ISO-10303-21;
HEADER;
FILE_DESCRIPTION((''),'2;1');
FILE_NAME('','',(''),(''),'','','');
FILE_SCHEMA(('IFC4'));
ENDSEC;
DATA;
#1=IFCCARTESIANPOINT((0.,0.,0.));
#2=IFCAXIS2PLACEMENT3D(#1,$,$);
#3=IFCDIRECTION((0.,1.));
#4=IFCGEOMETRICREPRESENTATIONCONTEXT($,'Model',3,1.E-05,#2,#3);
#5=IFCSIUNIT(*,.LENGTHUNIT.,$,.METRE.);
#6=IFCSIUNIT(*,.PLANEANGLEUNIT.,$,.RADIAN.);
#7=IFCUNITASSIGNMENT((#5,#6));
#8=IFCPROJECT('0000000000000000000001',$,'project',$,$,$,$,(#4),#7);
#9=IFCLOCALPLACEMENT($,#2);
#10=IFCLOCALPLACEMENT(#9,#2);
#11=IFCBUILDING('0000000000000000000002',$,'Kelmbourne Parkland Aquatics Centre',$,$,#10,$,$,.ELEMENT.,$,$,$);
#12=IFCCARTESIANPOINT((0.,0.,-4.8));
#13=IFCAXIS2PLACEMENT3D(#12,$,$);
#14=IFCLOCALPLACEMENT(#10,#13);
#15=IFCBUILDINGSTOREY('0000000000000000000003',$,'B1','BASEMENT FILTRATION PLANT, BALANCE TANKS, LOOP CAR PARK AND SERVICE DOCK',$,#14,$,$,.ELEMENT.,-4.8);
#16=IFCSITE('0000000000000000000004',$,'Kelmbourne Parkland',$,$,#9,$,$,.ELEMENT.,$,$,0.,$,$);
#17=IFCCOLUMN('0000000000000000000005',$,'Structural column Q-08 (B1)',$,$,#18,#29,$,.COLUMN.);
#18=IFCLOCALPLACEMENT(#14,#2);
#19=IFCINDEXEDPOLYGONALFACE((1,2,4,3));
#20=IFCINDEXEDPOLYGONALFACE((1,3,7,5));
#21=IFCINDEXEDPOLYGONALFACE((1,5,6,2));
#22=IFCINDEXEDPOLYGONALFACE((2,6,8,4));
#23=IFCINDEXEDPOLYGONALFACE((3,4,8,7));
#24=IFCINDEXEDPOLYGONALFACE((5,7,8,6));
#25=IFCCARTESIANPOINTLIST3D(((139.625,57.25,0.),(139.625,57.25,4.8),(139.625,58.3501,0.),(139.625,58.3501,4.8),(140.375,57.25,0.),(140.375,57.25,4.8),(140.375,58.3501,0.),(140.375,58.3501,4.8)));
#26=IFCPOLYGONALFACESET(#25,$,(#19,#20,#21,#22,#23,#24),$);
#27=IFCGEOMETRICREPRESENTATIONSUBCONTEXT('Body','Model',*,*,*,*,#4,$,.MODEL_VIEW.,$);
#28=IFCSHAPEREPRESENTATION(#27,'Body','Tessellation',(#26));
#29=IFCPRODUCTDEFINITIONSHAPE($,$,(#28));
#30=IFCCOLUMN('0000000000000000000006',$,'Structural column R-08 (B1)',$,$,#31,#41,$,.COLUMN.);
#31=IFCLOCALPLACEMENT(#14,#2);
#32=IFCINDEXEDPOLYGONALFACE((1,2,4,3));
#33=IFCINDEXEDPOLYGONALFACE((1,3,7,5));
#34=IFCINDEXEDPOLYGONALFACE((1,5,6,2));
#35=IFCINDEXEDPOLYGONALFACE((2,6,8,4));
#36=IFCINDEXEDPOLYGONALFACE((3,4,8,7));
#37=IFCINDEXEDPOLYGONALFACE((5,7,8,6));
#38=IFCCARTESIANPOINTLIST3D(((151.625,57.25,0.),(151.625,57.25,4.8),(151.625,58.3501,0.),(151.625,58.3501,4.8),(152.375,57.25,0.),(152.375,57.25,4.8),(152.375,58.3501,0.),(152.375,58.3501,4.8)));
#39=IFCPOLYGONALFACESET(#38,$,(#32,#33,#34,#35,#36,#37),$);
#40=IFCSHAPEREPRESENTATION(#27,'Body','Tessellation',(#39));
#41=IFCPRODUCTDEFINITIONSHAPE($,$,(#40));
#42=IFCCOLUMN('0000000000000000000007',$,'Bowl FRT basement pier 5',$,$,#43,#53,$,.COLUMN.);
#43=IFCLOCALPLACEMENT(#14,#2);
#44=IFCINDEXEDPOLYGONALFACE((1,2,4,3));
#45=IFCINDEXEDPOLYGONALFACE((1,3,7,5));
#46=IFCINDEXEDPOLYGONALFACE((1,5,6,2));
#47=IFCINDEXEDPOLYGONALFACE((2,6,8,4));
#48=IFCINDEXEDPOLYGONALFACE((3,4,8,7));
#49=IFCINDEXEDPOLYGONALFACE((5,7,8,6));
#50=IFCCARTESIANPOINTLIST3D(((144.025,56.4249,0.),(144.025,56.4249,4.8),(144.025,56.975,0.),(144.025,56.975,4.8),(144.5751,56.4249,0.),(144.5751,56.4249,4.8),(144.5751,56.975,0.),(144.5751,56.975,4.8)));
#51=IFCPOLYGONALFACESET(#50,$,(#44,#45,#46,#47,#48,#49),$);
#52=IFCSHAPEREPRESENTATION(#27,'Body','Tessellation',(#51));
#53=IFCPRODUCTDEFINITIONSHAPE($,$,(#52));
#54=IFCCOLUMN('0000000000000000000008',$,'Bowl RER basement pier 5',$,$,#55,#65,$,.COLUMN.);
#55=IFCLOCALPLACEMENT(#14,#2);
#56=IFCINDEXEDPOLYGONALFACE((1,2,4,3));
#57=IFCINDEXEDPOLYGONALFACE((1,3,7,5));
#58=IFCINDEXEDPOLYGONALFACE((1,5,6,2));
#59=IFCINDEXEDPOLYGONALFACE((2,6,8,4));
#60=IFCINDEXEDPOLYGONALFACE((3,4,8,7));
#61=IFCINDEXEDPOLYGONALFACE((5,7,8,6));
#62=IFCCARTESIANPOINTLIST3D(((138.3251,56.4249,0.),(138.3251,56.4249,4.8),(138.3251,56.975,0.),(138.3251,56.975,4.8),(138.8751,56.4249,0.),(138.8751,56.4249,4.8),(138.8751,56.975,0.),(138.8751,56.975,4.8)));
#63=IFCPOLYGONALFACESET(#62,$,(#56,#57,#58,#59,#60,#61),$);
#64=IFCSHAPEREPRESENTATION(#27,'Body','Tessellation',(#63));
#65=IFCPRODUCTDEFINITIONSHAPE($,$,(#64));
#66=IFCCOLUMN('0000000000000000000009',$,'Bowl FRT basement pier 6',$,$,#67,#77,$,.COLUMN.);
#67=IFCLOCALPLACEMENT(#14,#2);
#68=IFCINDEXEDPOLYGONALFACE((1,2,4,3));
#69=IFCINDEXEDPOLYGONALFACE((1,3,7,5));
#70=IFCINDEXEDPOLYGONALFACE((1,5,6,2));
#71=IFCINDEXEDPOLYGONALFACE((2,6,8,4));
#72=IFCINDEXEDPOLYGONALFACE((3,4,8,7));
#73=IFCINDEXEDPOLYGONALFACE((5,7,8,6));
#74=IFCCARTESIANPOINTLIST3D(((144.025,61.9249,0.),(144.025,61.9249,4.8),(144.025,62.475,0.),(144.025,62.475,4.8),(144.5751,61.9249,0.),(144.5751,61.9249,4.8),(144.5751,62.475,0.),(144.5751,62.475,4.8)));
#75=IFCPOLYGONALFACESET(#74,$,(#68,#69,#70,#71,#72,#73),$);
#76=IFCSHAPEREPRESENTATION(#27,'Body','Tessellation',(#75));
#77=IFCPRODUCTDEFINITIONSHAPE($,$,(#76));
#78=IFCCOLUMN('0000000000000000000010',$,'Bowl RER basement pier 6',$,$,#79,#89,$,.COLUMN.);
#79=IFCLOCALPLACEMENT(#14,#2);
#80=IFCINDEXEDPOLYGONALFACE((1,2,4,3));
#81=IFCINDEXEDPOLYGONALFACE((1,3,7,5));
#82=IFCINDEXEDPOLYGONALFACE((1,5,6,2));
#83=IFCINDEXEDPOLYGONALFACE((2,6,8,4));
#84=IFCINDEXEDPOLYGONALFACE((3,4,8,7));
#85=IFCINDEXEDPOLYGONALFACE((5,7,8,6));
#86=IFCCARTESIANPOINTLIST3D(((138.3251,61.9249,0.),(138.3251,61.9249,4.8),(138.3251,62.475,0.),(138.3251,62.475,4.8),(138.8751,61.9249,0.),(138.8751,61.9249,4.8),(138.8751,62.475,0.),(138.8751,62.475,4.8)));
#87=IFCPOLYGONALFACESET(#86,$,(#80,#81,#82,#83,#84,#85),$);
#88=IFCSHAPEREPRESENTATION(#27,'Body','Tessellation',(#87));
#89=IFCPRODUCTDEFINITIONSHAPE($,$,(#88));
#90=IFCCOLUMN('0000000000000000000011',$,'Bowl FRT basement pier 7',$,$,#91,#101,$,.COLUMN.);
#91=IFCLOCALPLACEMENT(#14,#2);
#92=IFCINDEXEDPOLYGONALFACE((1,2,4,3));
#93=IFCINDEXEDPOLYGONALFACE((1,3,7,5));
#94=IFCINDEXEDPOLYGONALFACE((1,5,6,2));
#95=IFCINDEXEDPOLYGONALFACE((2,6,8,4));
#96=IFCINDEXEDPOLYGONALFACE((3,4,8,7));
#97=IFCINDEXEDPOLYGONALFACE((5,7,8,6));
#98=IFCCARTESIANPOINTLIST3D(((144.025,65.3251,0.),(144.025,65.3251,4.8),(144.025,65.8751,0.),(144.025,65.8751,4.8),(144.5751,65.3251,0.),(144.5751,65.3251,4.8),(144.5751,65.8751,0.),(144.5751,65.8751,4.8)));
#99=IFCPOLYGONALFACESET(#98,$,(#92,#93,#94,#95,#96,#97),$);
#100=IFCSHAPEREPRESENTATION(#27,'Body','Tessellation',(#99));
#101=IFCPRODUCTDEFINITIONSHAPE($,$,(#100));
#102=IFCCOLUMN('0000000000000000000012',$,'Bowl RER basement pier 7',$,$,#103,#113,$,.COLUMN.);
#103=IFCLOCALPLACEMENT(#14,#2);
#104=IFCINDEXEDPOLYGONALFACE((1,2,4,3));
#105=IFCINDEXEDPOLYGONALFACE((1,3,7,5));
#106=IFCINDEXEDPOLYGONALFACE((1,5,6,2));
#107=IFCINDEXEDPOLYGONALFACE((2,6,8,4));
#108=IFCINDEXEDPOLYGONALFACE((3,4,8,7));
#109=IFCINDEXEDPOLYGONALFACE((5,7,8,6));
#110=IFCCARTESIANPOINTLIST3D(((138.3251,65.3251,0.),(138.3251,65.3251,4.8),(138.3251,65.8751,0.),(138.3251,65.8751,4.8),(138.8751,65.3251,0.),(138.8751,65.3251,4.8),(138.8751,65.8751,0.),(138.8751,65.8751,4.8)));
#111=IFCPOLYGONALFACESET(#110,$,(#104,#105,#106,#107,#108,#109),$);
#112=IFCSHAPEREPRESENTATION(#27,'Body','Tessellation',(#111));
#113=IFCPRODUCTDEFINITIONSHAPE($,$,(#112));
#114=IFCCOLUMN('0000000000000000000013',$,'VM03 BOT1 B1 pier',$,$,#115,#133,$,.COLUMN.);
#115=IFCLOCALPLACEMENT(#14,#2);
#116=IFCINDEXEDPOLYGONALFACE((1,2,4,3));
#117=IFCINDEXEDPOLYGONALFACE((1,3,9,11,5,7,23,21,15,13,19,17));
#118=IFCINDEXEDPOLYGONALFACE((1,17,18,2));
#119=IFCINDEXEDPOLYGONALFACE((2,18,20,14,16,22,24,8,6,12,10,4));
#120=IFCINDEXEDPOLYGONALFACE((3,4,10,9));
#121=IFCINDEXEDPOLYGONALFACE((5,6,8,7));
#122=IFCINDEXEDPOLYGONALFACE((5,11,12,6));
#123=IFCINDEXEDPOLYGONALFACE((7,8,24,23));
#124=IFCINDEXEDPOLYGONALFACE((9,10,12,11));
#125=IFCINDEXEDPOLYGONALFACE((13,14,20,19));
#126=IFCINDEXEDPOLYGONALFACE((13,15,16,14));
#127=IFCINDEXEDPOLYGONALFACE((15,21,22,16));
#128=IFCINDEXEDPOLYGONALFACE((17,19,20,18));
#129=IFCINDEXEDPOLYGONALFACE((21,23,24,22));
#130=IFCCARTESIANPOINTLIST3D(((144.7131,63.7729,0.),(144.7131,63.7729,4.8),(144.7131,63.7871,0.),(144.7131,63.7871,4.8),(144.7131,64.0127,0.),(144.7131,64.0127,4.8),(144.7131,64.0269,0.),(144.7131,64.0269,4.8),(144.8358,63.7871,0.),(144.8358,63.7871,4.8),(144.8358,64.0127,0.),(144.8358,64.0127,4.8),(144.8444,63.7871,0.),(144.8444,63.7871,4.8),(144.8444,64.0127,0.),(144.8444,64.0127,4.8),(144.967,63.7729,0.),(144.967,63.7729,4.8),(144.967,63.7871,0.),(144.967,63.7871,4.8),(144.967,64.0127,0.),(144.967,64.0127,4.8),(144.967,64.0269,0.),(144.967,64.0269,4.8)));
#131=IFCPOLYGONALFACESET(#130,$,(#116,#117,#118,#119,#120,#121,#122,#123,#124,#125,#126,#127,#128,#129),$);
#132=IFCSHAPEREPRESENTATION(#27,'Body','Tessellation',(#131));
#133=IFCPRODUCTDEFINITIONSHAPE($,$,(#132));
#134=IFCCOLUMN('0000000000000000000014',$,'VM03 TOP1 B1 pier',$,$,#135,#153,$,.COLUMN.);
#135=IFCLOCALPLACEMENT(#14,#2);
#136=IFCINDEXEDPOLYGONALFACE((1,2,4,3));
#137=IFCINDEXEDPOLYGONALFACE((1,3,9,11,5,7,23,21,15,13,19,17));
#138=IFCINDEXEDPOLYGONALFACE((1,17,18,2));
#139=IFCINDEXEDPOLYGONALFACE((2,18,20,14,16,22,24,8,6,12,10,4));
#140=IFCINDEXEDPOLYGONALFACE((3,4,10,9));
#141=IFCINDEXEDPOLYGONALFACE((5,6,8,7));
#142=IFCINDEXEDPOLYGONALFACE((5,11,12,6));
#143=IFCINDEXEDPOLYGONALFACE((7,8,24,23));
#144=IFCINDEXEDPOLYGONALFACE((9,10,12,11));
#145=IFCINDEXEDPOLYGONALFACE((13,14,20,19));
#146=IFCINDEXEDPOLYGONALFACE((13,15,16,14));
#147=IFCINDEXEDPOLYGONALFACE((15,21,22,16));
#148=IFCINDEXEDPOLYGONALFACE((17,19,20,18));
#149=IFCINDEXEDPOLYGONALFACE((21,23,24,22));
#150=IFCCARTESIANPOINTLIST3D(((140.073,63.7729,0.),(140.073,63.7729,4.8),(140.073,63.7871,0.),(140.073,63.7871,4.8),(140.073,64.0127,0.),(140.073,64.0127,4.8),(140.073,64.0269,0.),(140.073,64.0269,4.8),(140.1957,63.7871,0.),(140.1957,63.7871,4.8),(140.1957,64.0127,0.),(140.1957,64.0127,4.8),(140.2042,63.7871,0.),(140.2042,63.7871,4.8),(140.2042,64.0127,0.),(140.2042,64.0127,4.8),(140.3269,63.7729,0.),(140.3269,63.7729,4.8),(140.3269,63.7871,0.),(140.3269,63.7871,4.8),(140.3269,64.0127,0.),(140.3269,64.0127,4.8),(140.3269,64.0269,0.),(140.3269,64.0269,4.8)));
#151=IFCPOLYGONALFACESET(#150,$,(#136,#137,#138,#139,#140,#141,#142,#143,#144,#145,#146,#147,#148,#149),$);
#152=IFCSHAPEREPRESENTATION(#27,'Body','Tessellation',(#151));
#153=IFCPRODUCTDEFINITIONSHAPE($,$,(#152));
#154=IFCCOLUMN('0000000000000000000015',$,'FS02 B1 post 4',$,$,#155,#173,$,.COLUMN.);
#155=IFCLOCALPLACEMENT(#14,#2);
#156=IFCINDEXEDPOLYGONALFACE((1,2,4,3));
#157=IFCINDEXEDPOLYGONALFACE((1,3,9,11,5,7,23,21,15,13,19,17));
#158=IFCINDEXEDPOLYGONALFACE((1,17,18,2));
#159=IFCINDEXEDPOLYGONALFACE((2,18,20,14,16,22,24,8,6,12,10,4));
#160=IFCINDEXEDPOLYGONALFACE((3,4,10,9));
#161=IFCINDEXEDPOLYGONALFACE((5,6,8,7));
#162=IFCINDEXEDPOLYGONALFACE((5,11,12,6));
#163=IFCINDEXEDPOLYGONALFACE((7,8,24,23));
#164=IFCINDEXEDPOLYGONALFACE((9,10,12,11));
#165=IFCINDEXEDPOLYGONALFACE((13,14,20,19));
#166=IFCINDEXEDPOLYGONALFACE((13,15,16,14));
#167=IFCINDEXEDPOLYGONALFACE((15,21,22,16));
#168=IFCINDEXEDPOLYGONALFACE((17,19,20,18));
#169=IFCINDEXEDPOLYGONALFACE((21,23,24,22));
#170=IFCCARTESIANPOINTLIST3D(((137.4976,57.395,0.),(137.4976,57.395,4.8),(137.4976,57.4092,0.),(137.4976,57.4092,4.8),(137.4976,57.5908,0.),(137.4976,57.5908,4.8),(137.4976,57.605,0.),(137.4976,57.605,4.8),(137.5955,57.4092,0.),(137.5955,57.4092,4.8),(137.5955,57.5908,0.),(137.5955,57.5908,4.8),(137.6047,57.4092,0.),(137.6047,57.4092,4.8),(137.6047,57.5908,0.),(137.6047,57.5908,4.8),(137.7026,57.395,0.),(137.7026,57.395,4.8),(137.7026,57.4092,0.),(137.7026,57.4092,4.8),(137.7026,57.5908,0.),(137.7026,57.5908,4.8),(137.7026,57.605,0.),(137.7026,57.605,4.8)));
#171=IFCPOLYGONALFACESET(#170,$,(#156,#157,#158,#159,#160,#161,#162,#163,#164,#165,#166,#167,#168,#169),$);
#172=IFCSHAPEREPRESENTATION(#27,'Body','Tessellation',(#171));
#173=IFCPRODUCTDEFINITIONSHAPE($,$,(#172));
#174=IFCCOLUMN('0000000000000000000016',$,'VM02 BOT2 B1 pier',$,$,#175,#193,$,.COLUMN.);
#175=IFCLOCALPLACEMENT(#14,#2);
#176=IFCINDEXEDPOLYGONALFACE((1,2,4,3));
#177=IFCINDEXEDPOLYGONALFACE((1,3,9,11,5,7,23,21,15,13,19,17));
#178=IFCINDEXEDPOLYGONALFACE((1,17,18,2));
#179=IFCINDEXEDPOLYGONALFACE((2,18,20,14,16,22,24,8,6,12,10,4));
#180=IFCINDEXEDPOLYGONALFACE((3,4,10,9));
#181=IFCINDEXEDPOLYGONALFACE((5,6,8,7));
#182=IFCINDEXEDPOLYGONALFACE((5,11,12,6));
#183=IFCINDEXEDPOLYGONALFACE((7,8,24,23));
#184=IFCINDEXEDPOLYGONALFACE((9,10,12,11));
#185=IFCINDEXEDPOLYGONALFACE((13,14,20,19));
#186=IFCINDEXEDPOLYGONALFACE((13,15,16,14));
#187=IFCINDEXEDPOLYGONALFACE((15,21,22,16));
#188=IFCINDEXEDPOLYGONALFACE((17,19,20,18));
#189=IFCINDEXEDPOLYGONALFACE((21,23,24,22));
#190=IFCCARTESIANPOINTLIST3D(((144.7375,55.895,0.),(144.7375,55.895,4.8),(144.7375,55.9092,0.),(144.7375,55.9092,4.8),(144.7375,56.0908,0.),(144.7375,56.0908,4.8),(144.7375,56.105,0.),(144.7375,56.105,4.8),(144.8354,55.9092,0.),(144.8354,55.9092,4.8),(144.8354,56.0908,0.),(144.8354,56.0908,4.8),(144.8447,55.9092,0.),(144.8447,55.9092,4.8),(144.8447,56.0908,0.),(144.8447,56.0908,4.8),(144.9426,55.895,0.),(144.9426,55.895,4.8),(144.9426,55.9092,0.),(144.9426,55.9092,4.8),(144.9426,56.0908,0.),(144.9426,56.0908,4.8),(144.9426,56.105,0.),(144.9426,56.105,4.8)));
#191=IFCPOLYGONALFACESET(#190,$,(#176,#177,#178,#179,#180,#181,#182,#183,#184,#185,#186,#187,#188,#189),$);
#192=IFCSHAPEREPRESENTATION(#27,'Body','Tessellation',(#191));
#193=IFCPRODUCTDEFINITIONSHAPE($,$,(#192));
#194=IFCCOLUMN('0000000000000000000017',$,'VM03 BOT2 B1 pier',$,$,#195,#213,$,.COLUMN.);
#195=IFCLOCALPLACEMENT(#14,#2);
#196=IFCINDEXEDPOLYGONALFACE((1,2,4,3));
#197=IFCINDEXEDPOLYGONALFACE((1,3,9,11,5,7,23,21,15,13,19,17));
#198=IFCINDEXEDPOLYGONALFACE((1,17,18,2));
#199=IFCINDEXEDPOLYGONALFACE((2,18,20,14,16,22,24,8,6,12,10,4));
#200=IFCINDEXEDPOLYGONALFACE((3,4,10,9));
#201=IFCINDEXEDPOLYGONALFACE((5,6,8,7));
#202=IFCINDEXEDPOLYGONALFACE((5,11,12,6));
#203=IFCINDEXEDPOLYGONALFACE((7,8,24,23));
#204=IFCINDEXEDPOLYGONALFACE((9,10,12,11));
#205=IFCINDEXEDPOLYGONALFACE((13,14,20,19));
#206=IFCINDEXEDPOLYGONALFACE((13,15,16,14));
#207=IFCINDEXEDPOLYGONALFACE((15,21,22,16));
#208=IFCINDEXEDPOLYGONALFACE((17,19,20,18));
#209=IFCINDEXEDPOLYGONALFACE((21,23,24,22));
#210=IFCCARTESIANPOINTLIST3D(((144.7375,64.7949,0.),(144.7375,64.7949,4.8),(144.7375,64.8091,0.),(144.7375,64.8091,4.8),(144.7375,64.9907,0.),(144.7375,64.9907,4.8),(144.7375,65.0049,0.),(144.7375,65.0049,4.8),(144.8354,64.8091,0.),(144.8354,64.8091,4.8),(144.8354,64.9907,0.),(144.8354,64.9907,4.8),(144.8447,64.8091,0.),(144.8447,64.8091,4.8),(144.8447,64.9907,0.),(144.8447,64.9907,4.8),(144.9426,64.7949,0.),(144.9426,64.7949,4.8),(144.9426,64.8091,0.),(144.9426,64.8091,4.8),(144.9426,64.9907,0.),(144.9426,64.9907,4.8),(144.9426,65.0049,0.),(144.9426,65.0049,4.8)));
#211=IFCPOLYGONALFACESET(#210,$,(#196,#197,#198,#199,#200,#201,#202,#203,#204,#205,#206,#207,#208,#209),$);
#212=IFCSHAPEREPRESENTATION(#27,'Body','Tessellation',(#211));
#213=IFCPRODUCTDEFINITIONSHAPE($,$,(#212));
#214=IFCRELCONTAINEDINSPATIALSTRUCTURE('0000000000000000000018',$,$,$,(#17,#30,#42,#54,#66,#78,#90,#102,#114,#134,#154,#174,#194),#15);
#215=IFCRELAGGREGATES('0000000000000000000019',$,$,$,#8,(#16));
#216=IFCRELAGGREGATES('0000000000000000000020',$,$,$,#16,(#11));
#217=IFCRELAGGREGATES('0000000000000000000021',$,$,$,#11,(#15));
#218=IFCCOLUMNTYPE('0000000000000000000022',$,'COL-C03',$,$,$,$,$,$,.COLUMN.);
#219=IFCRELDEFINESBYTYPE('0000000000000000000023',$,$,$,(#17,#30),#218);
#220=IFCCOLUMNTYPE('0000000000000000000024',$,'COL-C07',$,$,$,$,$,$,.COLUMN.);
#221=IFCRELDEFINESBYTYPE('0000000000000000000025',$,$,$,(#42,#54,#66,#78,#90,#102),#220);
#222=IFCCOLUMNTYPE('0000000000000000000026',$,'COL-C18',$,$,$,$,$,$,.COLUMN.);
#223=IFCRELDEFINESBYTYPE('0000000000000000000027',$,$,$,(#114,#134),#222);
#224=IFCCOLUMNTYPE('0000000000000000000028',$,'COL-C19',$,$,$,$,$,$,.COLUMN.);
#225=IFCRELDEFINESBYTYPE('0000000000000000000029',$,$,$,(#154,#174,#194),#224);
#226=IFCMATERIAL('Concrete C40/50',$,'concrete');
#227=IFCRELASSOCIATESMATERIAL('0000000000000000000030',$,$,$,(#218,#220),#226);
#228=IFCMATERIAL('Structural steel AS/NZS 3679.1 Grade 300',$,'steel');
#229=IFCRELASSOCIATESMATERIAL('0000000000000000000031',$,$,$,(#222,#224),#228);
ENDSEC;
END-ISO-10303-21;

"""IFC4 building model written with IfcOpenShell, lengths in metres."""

from ifc_helpers import new_model, si_unit, direction, frame, origin, origin_2d, place, context, subcontext, project, spatial, rectangle, i_section, extrude, material, material_profile, profile_set, type_object, element, save


model = new_model("IFC4")

# Units and contexts
model_context = context("Model", 3, precision=1e-05, world=origin(), true_north=direction((0.0, 1.0)))
body_context = subcontext(model_context, "Body", "Model", "MODEL_VIEW")
ifc_project = project(units=[si_unit("LENGTHUNIT", "METRE"), si_unit("PLANEANGLEUNIT", "RADIAN")], contexts=[model_context])

# Site, building, storey
site_placement = place(None, origin())
site = spatial("IfcSite", under=ifc_project, at=site_placement, Name="Kelmbourne Parkland", CompositionType="ELEMENT", RefElevation=0.0)
building_placement = place(site_placement, origin())
building = spatial("IfcBuilding", under=site, at=building_placement, Name="Kelmbourne Parkland Aquatics Centre", CompositionType="ELEMENT")
storey_placement = place(building_placement, frame((0.0, 0.0, -4.8)))
storey = spatial("IfcBuildingStorey", under=building, at=storey_placement, Name="B1", Description="BASEMENT FILTRATION PLANT, BALANCE TANKS, LOOP CAR PARK AND SERVICE DOCK", CompositionType="ELEMENT", Elevation=-4.8)

# Columns
ifc_material_1 = material(Name="Concrete C40/50", Category="concrete")
ifc_material_profile_1 = material_profile(ifc_material_1, rectangle(XDim=0.75, YDim=1.1001, at=origin_2d()), Name="RC 750x1100")
ifc_profile_set_1 = profile_set([ifc_material_profile_1], Name="Concrete C40/50")
column_type_1 = type_object("IfcColumnType", Name="COL-C03", PredefinedType="COLUMN", material=ifc_profile_set_1)
for number, where, z_axis, x_axis, name in (
    (1, (140.0, 57.8, 0.0), (0.0, 0.0, 1.0), (1.0, 0.0, 0.0), "Structural column Q-08 (B1)"),
    (2, (152.0, 57.8, 0.0), (0.0, 0.0, 1.0), (1.0, 0.0, 0.0), "Structural column R-08 (B1)"),
):
    element("IfcColumn", number, at=place(storey_placement, frame(where, z_axis=z_axis, x_axis=x_axis)), inside=storey, type_object=column_type_1, Name=name, PredefinedType="COLUMN", context=body_context, shape_type="SweptSolid", body=[
        extrude(rectangle(XDim=0.75, YDim=1.1001, at=origin_2d()), origin(), (0.0, 0.0, 1.0), 4.8),
    ])
ifc_material_profile_2 = material_profile(ifc_material_1, rectangle(XDim=0.55, YDim=0.55, at=origin_2d()), Name="RC 550x550")
ifc_profile_set_2 = profile_set([ifc_material_profile_2], Name="Concrete C40/50")
column_type_2 = type_object("IfcColumnType", Name="COL-C07", PredefinedType="COLUMN", material=ifc_profile_set_2)
for number, where, z_axis, x_axis, name in (
    (3, (144.3, 56.7, 0.0), (0.0, 0.0, 1.0), (1.0, 0.0, 0.0), "Bowl FRT basement pier 5"),
    (4, (138.6001, 56.7, 0.0), (0.0, 0.0, 1.0), (1.0, 0.0, 0.0), "Bowl RER basement pier 5"),
    (5, (144.3, 62.2, 0.0), (0.0, 0.0, 1.0), (1.0, 0.0, 0.0), "Bowl FRT basement pier 6"),
    (6, (138.6001, 62.2, 0.0), (0.0, 0.0, 1.0), (1.0, 0.0, 0.0), "Bowl RER basement pier 6"),
    (7, (144.3, 65.6001, 0.0), (0.0, 0.0, 1.0), (1.0, 0.0, 0.0), "Bowl FRT basement pier 7"),
    (8, (138.6001, 65.6001, 0.0), (0.0, 0.0, 1.0), (1.0, 0.0, 0.0), "Bowl RER basement pier 7"),
):
    element("IfcColumn", number, at=place(storey_placement, frame(where, z_axis=z_axis, x_axis=x_axis)), inside=storey, type_object=column_type_2, Name=name, PredefinedType="COLUMN", context=body_context, shape_type="SweptSolid", body=[
        extrude(rectangle(XDim=0.55, YDim=0.55, at=origin_2d()), origin(), (0.0, 0.0, 1.0), 4.8),
    ])
ifc_material_2 = material(Name="Structural steel AS/NZS 3679.1 Grade 300", Category="steel")
ifc_material_profile_3 = material_profile(ifc_material_2, i_section(OverallWidth=0.2539, OverallDepth=0.2539, WebThickness=0.0085, FlangeThickness=0.0142, at=origin_2d()), Name="250UC72.9")
ifc_profile_set_3 = profile_set([ifc_material_profile_3], Name="Structural steel AS/NZS 3679.1 Grade 300")
column_type_3 = type_object("IfcColumnType", Name="COL-C18", PredefinedType="COLUMN", material=ifc_profile_set_3)
for number, where, z_axis, x_axis, name in (
    (9, (144.8401, 63.8999, 0.0), (0.0, 0.0, 1.0), (1.0, 0.0, 0.0), "VM03 BOT1 B1 pier"),
    (10, (140.2, 63.8999, 0.0), (0.0, 0.0, 1.0), (1.0, 0.0, 0.0), "VM03 TOP1 B1 pier"),
):
    element("IfcColumn", number, at=place(storey_placement, frame(where, z_axis=z_axis, x_axis=x_axis)), inside=storey, type_object=column_type_3, Name=name, PredefinedType="COLUMN", context=body_context, shape_type="SweptSolid", body=[
        extrude(i_section(OverallWidth=0.2539, OverallDepth=0.2539, WebThickness=0.0085, FlangeThickness=0.0142, at=origin_2d()), origin(), (0.0, 0.0, 1.0), 4.8),
    ])
ifc_material_profile_4 = material_profile(ifc_material_2, i_section(OverallWidth=0.2051, OverallDepth=0.21, WebThickness=0.0093, FlangeThickness=0.0142, at=origin_2d()), Name="200UC59.5")
ifc_profile_set_4 = profile_set([ifc_material_profile_4], Name="Structural steel AS/NZS 3679.1 Grade 300")
column_type_4 = type_object("IfcColumnType", Name="COL-C19", PredefinedType="COLUMN", material=ifc_profile_set_4)
for number, where, z_axis, x_axis, name in (
    (11, (137.6001, 57.5, 0.0), (0.0, 0.0, 1.0), (1.0, 0.0, 0.0), "FS02 B1 post 4"),
    (12, (144.8401, 56.0, 0.0), (0.0, 0.0, 1.0), (1.0, 0.0, 0.0), "VM02 BOT2 B1 pier"),
    (13, (144.8401, 64.8999, 0.0), (0.0, 0.0, 1.0), (1.0, 0.0, 0.0), "VM03 BOT2 B1 pier"),
):
    element("IfcColumn", number, at=place(storey_placement, frame(where, z_axis=z_axis, x_axis=x_axis)), inside=storey, type_object=column_type_4, Name=name, PredefinedType="COLUMN", context=body_context, shape_type="SweptSolid", body=[
        extrude(i_section(OverallWidth=0.2051, OverallDepth=0.21, WebThickness=0.0093, FlangeThickness=0.0142, at=origin_2d()), origin(), (0.0, 0.0, 1.0), 4.8),
    ])

save(model, "model.ifc")
